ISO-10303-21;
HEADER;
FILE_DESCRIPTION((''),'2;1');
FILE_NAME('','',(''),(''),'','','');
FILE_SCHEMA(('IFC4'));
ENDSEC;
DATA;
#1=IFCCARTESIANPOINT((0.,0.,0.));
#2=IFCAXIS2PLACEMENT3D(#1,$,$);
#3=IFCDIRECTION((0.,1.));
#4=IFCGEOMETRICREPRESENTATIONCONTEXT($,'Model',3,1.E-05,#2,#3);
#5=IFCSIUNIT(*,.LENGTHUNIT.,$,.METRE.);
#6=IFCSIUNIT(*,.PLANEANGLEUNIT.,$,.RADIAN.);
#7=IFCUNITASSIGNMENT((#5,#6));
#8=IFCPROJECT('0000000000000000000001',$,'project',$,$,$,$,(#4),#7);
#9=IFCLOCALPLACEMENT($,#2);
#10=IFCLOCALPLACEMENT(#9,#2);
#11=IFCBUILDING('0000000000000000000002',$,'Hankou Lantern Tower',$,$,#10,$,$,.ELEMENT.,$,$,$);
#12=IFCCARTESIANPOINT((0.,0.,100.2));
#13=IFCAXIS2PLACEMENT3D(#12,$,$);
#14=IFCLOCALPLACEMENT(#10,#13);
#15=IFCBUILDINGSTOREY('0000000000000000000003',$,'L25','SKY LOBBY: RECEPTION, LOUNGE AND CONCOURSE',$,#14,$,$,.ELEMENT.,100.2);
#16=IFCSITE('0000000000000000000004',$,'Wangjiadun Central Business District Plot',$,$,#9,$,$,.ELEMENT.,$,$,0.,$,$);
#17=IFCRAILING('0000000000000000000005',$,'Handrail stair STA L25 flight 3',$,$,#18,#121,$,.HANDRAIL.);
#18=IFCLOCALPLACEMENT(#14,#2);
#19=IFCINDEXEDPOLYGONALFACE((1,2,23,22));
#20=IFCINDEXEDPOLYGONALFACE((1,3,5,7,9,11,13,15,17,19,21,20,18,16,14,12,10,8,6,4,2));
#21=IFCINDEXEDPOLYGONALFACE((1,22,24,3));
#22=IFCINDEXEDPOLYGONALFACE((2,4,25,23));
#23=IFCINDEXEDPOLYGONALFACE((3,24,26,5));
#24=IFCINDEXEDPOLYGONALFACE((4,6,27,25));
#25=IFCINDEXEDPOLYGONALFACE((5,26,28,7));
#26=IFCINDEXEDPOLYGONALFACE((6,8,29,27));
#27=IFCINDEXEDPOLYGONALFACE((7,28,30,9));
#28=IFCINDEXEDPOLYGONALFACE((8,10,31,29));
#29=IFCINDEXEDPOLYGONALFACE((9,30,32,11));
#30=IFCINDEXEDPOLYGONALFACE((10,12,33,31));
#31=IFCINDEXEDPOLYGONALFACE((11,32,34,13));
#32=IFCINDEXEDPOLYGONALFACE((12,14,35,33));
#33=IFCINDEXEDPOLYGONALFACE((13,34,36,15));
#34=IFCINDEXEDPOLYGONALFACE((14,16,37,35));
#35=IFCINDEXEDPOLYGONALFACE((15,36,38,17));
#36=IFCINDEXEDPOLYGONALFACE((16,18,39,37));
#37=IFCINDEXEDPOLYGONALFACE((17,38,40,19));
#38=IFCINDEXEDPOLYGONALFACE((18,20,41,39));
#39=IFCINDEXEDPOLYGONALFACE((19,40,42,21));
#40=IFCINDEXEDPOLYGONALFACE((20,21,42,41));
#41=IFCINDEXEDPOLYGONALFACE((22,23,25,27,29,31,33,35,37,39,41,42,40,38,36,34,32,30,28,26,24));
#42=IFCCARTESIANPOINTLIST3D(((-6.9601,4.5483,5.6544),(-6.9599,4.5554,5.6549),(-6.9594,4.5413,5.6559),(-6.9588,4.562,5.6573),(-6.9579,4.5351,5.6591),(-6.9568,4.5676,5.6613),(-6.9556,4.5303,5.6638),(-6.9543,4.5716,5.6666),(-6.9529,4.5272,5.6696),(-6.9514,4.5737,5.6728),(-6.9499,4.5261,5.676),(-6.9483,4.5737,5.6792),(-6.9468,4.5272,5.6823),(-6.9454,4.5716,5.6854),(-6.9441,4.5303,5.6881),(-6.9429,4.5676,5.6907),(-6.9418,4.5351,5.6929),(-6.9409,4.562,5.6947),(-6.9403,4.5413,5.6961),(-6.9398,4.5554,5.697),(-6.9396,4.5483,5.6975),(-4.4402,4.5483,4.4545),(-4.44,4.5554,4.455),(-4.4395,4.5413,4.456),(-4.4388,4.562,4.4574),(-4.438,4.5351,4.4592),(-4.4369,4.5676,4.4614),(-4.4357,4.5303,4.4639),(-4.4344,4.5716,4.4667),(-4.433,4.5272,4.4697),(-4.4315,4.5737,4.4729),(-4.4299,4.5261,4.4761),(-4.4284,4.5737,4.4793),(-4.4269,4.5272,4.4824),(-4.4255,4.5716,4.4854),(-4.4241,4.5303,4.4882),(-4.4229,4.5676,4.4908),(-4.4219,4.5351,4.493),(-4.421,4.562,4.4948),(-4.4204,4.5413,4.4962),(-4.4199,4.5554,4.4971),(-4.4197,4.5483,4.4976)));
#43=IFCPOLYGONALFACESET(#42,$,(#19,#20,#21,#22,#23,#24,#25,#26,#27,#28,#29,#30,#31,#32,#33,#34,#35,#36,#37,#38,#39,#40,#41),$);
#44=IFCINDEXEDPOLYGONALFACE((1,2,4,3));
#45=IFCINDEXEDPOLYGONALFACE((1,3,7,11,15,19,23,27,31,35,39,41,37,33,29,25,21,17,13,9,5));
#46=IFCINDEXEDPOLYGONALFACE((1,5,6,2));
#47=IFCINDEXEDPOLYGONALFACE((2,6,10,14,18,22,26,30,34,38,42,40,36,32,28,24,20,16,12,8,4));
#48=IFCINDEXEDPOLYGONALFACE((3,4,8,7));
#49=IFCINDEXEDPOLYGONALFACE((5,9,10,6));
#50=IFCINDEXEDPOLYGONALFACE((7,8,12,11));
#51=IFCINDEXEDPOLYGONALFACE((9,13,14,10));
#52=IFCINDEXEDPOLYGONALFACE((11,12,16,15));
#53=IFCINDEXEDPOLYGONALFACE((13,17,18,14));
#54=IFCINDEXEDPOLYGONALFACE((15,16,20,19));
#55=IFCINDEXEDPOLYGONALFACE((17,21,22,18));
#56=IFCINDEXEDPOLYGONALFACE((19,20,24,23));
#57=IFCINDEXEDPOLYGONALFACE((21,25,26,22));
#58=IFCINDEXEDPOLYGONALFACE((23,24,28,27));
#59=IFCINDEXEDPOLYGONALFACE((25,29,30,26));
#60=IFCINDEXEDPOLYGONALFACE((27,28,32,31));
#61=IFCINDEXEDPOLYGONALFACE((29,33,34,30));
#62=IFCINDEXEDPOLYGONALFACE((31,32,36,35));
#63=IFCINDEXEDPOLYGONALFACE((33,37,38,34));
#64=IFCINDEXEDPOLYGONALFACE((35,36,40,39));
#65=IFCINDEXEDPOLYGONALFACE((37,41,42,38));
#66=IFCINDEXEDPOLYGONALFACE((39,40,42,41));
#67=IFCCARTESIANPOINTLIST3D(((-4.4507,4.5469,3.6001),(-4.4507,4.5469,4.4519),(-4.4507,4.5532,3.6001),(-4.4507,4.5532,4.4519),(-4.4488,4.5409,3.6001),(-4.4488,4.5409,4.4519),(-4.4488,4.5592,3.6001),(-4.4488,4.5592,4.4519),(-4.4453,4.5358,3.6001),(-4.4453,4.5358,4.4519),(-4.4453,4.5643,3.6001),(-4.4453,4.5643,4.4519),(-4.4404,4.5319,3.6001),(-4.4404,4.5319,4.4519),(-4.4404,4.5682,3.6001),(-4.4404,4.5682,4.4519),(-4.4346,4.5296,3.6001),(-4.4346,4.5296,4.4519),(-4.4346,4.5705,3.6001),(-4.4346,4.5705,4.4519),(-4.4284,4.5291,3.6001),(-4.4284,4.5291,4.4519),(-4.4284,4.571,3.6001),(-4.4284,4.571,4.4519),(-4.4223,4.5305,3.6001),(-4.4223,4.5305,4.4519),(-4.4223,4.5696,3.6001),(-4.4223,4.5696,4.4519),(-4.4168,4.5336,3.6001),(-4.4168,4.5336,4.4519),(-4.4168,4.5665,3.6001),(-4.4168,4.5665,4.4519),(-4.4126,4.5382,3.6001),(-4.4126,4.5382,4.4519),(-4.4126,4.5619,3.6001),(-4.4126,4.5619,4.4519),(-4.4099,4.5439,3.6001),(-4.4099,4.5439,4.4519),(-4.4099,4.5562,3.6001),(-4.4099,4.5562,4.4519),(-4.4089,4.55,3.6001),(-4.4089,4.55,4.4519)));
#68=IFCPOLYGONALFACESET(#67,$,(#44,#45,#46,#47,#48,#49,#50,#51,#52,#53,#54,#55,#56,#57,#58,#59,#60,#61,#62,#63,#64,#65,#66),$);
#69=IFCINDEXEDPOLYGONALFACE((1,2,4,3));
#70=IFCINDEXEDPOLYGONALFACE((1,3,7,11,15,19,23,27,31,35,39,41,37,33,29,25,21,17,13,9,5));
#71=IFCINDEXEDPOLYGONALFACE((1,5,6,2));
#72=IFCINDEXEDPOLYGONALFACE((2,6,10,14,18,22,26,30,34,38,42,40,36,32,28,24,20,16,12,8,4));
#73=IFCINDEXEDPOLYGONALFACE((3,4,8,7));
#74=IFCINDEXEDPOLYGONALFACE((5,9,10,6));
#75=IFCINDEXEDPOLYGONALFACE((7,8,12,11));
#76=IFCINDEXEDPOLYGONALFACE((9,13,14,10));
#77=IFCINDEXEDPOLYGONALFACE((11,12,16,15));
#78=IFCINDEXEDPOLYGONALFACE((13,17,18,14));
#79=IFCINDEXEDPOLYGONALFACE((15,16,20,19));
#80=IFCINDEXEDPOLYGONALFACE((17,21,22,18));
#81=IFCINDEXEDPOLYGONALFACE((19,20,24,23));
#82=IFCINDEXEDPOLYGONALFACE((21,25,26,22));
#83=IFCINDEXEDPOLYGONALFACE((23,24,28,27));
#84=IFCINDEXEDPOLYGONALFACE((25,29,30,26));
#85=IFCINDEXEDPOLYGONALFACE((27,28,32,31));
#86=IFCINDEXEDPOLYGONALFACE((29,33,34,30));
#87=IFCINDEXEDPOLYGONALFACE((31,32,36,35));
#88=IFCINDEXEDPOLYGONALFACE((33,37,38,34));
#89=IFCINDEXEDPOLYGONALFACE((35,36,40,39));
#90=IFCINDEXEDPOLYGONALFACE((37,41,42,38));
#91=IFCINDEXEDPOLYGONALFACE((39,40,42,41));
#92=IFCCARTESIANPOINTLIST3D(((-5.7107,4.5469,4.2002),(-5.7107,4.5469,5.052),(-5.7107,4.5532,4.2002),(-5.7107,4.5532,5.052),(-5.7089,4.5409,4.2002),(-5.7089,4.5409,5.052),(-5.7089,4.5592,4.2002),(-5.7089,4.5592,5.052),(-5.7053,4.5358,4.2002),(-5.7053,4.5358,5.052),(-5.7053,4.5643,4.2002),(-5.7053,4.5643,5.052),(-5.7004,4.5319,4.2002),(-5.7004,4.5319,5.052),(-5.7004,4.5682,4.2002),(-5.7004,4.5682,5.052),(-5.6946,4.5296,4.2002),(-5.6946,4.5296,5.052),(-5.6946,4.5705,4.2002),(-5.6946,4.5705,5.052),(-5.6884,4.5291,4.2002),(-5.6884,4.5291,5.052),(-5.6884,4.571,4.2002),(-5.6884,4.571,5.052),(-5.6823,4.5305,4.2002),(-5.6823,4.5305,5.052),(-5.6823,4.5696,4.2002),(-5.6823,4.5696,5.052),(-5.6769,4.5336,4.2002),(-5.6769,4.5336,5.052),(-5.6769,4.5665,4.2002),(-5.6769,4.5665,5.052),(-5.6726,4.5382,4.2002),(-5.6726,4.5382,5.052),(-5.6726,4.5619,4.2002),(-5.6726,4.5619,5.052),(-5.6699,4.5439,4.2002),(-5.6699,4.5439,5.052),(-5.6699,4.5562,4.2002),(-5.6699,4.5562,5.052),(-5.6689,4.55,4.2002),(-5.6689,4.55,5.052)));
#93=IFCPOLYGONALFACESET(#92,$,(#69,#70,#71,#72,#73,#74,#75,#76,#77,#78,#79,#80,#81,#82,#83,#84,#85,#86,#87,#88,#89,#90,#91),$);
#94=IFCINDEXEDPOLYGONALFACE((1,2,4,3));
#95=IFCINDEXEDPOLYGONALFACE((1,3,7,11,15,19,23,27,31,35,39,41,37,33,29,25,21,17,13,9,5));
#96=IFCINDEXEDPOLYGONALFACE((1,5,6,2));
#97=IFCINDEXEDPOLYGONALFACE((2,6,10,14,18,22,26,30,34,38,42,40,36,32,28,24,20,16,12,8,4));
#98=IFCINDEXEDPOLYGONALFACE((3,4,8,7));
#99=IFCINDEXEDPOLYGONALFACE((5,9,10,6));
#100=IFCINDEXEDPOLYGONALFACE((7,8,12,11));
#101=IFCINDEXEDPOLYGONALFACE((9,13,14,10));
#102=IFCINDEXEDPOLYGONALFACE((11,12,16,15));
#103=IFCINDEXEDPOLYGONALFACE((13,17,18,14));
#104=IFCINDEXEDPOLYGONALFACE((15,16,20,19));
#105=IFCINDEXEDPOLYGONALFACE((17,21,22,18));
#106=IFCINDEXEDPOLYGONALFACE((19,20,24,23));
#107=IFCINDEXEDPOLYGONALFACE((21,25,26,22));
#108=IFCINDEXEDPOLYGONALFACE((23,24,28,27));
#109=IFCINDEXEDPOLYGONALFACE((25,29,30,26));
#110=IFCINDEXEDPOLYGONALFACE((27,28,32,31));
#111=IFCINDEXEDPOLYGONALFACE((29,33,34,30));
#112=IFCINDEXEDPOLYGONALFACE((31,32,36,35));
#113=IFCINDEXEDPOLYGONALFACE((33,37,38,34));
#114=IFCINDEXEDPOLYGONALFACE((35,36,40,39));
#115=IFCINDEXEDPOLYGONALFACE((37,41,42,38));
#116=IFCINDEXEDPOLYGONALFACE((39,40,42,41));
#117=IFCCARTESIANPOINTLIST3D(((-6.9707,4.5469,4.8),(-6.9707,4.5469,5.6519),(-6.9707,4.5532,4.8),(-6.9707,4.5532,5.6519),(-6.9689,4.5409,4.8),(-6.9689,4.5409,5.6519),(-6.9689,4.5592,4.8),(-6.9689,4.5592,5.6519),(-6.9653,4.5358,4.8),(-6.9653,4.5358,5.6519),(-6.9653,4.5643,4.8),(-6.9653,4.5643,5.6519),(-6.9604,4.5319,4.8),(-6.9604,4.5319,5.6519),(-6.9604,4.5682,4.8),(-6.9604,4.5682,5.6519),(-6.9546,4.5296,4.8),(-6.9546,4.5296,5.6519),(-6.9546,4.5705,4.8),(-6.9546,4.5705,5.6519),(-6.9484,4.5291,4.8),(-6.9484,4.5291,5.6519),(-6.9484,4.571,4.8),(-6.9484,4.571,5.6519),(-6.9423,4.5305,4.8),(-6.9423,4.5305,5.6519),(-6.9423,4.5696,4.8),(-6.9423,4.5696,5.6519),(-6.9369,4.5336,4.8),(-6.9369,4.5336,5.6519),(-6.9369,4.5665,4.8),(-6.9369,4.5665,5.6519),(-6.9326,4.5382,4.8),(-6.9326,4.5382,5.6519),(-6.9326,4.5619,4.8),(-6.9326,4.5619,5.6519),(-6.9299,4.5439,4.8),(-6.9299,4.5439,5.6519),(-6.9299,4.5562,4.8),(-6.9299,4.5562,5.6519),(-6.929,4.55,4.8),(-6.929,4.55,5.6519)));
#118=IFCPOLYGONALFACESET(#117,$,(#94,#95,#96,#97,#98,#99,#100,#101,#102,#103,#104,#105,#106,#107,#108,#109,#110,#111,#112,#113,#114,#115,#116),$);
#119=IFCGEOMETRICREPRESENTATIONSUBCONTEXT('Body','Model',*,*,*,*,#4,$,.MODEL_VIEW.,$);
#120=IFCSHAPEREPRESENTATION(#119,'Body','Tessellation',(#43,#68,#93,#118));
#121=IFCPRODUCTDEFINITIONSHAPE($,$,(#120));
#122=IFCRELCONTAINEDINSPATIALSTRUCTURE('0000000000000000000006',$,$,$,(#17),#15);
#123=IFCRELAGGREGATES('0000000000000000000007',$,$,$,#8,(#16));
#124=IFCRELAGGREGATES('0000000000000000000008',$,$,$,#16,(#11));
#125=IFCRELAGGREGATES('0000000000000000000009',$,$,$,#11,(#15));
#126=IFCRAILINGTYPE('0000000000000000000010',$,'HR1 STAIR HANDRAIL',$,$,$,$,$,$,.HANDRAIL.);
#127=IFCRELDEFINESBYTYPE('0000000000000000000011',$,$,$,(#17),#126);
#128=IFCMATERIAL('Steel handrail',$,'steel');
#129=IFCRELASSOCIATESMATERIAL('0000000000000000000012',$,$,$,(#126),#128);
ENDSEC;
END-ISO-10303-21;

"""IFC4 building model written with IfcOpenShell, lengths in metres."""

from ifc_helpers import new_model, si_unit, direction, frame, origin, origin_2d, place, context, subcontext, project, spatial, circle, extrude, material, type_object, element, save


model = new_model("IFC4")

# Units and contexts
model_context = context("Model", 3, precision=1e-05, world=origin(), true_north=direction((0.0, 1.0)))
body_context = subcontext(model_context, "Body", "Model", "MODEL_VIEW")
ifc_project = project(units=[si_unit("LENGTHUNIT", "METRE"), si_unit("PLANEANGLEUNIT", "RADIAN")], contexts=[model_context])

# Site, building, storey
site_placement = place(None, origin())
site = spatial("IfcSite", under=ifc_project, at=site_placement, Name="Wangjiadun Central Business District Plot", CompositionType="ELEMENT", RefElevation=0.0)
building_placement = place(site_placement, origin())
building = spatial("IfcBuilding", under=site, at=building_placement, Name="Hankou Lantern Tower", CompositionType="ELEMENT")
storey_placement = place(building_placement, frame((0.0, 0.0, 100.2)))
storey = spatial("IfcBuildingStorey", under=building, at=storey_placement, Name="L25", Description="SKY LOBBY: RECEPTION, LOUNGE AND CONCOURSE", CompositionType="ELEMENT", Elevation=100.2)

# Railing
ifc_material_1 = material(Name="Steel handrail", Category="steel")
railing_type = type_object("IfcRailingType", Name="HR1 STAIR HANDRAIL", PredefinedType="HANDRAIL", material=ifc_material_1)
railing_1_placement = place(storey_placement, frame((-4.4299, 4.55, 3.6001)))
element("IfcRailing", 1, at=railing_1_placement, inside=storey, type_object=railing_type, Name="Handrail stair STA L25 flight 3", PredefinedType="HANDRAIL", context=body_context, shape_type="SweptSolid", body=[
    extrude(circle(Radius=0.0239, at=origin_2d()), frame((0.0, 0.0, 0.876), z_axis=(-0.902869, 0.0, 0.429917), x_axis=(0.0, -1.0, 0.0)), (0.0, 0.0, 1.0), 2.791),
    extrude(circle(Radius=0.021, at=origin_2d()), origin(), (0.0, 0.0, 1.0), 0.8518),
    extrude(circle(Radius=0.021, at=origin_2d()), frame((-1.26, 0.0, 0.6001)), (0.0, 0.0, 1.0), 0.8518),
    extrude(circle(Radius=0.021, at=origin_2d()), frame((-2.52, 0.0, 1.2)), (0.0, 0.0, 1.0), 0.8518),
])

save(model, "model.ifc")
